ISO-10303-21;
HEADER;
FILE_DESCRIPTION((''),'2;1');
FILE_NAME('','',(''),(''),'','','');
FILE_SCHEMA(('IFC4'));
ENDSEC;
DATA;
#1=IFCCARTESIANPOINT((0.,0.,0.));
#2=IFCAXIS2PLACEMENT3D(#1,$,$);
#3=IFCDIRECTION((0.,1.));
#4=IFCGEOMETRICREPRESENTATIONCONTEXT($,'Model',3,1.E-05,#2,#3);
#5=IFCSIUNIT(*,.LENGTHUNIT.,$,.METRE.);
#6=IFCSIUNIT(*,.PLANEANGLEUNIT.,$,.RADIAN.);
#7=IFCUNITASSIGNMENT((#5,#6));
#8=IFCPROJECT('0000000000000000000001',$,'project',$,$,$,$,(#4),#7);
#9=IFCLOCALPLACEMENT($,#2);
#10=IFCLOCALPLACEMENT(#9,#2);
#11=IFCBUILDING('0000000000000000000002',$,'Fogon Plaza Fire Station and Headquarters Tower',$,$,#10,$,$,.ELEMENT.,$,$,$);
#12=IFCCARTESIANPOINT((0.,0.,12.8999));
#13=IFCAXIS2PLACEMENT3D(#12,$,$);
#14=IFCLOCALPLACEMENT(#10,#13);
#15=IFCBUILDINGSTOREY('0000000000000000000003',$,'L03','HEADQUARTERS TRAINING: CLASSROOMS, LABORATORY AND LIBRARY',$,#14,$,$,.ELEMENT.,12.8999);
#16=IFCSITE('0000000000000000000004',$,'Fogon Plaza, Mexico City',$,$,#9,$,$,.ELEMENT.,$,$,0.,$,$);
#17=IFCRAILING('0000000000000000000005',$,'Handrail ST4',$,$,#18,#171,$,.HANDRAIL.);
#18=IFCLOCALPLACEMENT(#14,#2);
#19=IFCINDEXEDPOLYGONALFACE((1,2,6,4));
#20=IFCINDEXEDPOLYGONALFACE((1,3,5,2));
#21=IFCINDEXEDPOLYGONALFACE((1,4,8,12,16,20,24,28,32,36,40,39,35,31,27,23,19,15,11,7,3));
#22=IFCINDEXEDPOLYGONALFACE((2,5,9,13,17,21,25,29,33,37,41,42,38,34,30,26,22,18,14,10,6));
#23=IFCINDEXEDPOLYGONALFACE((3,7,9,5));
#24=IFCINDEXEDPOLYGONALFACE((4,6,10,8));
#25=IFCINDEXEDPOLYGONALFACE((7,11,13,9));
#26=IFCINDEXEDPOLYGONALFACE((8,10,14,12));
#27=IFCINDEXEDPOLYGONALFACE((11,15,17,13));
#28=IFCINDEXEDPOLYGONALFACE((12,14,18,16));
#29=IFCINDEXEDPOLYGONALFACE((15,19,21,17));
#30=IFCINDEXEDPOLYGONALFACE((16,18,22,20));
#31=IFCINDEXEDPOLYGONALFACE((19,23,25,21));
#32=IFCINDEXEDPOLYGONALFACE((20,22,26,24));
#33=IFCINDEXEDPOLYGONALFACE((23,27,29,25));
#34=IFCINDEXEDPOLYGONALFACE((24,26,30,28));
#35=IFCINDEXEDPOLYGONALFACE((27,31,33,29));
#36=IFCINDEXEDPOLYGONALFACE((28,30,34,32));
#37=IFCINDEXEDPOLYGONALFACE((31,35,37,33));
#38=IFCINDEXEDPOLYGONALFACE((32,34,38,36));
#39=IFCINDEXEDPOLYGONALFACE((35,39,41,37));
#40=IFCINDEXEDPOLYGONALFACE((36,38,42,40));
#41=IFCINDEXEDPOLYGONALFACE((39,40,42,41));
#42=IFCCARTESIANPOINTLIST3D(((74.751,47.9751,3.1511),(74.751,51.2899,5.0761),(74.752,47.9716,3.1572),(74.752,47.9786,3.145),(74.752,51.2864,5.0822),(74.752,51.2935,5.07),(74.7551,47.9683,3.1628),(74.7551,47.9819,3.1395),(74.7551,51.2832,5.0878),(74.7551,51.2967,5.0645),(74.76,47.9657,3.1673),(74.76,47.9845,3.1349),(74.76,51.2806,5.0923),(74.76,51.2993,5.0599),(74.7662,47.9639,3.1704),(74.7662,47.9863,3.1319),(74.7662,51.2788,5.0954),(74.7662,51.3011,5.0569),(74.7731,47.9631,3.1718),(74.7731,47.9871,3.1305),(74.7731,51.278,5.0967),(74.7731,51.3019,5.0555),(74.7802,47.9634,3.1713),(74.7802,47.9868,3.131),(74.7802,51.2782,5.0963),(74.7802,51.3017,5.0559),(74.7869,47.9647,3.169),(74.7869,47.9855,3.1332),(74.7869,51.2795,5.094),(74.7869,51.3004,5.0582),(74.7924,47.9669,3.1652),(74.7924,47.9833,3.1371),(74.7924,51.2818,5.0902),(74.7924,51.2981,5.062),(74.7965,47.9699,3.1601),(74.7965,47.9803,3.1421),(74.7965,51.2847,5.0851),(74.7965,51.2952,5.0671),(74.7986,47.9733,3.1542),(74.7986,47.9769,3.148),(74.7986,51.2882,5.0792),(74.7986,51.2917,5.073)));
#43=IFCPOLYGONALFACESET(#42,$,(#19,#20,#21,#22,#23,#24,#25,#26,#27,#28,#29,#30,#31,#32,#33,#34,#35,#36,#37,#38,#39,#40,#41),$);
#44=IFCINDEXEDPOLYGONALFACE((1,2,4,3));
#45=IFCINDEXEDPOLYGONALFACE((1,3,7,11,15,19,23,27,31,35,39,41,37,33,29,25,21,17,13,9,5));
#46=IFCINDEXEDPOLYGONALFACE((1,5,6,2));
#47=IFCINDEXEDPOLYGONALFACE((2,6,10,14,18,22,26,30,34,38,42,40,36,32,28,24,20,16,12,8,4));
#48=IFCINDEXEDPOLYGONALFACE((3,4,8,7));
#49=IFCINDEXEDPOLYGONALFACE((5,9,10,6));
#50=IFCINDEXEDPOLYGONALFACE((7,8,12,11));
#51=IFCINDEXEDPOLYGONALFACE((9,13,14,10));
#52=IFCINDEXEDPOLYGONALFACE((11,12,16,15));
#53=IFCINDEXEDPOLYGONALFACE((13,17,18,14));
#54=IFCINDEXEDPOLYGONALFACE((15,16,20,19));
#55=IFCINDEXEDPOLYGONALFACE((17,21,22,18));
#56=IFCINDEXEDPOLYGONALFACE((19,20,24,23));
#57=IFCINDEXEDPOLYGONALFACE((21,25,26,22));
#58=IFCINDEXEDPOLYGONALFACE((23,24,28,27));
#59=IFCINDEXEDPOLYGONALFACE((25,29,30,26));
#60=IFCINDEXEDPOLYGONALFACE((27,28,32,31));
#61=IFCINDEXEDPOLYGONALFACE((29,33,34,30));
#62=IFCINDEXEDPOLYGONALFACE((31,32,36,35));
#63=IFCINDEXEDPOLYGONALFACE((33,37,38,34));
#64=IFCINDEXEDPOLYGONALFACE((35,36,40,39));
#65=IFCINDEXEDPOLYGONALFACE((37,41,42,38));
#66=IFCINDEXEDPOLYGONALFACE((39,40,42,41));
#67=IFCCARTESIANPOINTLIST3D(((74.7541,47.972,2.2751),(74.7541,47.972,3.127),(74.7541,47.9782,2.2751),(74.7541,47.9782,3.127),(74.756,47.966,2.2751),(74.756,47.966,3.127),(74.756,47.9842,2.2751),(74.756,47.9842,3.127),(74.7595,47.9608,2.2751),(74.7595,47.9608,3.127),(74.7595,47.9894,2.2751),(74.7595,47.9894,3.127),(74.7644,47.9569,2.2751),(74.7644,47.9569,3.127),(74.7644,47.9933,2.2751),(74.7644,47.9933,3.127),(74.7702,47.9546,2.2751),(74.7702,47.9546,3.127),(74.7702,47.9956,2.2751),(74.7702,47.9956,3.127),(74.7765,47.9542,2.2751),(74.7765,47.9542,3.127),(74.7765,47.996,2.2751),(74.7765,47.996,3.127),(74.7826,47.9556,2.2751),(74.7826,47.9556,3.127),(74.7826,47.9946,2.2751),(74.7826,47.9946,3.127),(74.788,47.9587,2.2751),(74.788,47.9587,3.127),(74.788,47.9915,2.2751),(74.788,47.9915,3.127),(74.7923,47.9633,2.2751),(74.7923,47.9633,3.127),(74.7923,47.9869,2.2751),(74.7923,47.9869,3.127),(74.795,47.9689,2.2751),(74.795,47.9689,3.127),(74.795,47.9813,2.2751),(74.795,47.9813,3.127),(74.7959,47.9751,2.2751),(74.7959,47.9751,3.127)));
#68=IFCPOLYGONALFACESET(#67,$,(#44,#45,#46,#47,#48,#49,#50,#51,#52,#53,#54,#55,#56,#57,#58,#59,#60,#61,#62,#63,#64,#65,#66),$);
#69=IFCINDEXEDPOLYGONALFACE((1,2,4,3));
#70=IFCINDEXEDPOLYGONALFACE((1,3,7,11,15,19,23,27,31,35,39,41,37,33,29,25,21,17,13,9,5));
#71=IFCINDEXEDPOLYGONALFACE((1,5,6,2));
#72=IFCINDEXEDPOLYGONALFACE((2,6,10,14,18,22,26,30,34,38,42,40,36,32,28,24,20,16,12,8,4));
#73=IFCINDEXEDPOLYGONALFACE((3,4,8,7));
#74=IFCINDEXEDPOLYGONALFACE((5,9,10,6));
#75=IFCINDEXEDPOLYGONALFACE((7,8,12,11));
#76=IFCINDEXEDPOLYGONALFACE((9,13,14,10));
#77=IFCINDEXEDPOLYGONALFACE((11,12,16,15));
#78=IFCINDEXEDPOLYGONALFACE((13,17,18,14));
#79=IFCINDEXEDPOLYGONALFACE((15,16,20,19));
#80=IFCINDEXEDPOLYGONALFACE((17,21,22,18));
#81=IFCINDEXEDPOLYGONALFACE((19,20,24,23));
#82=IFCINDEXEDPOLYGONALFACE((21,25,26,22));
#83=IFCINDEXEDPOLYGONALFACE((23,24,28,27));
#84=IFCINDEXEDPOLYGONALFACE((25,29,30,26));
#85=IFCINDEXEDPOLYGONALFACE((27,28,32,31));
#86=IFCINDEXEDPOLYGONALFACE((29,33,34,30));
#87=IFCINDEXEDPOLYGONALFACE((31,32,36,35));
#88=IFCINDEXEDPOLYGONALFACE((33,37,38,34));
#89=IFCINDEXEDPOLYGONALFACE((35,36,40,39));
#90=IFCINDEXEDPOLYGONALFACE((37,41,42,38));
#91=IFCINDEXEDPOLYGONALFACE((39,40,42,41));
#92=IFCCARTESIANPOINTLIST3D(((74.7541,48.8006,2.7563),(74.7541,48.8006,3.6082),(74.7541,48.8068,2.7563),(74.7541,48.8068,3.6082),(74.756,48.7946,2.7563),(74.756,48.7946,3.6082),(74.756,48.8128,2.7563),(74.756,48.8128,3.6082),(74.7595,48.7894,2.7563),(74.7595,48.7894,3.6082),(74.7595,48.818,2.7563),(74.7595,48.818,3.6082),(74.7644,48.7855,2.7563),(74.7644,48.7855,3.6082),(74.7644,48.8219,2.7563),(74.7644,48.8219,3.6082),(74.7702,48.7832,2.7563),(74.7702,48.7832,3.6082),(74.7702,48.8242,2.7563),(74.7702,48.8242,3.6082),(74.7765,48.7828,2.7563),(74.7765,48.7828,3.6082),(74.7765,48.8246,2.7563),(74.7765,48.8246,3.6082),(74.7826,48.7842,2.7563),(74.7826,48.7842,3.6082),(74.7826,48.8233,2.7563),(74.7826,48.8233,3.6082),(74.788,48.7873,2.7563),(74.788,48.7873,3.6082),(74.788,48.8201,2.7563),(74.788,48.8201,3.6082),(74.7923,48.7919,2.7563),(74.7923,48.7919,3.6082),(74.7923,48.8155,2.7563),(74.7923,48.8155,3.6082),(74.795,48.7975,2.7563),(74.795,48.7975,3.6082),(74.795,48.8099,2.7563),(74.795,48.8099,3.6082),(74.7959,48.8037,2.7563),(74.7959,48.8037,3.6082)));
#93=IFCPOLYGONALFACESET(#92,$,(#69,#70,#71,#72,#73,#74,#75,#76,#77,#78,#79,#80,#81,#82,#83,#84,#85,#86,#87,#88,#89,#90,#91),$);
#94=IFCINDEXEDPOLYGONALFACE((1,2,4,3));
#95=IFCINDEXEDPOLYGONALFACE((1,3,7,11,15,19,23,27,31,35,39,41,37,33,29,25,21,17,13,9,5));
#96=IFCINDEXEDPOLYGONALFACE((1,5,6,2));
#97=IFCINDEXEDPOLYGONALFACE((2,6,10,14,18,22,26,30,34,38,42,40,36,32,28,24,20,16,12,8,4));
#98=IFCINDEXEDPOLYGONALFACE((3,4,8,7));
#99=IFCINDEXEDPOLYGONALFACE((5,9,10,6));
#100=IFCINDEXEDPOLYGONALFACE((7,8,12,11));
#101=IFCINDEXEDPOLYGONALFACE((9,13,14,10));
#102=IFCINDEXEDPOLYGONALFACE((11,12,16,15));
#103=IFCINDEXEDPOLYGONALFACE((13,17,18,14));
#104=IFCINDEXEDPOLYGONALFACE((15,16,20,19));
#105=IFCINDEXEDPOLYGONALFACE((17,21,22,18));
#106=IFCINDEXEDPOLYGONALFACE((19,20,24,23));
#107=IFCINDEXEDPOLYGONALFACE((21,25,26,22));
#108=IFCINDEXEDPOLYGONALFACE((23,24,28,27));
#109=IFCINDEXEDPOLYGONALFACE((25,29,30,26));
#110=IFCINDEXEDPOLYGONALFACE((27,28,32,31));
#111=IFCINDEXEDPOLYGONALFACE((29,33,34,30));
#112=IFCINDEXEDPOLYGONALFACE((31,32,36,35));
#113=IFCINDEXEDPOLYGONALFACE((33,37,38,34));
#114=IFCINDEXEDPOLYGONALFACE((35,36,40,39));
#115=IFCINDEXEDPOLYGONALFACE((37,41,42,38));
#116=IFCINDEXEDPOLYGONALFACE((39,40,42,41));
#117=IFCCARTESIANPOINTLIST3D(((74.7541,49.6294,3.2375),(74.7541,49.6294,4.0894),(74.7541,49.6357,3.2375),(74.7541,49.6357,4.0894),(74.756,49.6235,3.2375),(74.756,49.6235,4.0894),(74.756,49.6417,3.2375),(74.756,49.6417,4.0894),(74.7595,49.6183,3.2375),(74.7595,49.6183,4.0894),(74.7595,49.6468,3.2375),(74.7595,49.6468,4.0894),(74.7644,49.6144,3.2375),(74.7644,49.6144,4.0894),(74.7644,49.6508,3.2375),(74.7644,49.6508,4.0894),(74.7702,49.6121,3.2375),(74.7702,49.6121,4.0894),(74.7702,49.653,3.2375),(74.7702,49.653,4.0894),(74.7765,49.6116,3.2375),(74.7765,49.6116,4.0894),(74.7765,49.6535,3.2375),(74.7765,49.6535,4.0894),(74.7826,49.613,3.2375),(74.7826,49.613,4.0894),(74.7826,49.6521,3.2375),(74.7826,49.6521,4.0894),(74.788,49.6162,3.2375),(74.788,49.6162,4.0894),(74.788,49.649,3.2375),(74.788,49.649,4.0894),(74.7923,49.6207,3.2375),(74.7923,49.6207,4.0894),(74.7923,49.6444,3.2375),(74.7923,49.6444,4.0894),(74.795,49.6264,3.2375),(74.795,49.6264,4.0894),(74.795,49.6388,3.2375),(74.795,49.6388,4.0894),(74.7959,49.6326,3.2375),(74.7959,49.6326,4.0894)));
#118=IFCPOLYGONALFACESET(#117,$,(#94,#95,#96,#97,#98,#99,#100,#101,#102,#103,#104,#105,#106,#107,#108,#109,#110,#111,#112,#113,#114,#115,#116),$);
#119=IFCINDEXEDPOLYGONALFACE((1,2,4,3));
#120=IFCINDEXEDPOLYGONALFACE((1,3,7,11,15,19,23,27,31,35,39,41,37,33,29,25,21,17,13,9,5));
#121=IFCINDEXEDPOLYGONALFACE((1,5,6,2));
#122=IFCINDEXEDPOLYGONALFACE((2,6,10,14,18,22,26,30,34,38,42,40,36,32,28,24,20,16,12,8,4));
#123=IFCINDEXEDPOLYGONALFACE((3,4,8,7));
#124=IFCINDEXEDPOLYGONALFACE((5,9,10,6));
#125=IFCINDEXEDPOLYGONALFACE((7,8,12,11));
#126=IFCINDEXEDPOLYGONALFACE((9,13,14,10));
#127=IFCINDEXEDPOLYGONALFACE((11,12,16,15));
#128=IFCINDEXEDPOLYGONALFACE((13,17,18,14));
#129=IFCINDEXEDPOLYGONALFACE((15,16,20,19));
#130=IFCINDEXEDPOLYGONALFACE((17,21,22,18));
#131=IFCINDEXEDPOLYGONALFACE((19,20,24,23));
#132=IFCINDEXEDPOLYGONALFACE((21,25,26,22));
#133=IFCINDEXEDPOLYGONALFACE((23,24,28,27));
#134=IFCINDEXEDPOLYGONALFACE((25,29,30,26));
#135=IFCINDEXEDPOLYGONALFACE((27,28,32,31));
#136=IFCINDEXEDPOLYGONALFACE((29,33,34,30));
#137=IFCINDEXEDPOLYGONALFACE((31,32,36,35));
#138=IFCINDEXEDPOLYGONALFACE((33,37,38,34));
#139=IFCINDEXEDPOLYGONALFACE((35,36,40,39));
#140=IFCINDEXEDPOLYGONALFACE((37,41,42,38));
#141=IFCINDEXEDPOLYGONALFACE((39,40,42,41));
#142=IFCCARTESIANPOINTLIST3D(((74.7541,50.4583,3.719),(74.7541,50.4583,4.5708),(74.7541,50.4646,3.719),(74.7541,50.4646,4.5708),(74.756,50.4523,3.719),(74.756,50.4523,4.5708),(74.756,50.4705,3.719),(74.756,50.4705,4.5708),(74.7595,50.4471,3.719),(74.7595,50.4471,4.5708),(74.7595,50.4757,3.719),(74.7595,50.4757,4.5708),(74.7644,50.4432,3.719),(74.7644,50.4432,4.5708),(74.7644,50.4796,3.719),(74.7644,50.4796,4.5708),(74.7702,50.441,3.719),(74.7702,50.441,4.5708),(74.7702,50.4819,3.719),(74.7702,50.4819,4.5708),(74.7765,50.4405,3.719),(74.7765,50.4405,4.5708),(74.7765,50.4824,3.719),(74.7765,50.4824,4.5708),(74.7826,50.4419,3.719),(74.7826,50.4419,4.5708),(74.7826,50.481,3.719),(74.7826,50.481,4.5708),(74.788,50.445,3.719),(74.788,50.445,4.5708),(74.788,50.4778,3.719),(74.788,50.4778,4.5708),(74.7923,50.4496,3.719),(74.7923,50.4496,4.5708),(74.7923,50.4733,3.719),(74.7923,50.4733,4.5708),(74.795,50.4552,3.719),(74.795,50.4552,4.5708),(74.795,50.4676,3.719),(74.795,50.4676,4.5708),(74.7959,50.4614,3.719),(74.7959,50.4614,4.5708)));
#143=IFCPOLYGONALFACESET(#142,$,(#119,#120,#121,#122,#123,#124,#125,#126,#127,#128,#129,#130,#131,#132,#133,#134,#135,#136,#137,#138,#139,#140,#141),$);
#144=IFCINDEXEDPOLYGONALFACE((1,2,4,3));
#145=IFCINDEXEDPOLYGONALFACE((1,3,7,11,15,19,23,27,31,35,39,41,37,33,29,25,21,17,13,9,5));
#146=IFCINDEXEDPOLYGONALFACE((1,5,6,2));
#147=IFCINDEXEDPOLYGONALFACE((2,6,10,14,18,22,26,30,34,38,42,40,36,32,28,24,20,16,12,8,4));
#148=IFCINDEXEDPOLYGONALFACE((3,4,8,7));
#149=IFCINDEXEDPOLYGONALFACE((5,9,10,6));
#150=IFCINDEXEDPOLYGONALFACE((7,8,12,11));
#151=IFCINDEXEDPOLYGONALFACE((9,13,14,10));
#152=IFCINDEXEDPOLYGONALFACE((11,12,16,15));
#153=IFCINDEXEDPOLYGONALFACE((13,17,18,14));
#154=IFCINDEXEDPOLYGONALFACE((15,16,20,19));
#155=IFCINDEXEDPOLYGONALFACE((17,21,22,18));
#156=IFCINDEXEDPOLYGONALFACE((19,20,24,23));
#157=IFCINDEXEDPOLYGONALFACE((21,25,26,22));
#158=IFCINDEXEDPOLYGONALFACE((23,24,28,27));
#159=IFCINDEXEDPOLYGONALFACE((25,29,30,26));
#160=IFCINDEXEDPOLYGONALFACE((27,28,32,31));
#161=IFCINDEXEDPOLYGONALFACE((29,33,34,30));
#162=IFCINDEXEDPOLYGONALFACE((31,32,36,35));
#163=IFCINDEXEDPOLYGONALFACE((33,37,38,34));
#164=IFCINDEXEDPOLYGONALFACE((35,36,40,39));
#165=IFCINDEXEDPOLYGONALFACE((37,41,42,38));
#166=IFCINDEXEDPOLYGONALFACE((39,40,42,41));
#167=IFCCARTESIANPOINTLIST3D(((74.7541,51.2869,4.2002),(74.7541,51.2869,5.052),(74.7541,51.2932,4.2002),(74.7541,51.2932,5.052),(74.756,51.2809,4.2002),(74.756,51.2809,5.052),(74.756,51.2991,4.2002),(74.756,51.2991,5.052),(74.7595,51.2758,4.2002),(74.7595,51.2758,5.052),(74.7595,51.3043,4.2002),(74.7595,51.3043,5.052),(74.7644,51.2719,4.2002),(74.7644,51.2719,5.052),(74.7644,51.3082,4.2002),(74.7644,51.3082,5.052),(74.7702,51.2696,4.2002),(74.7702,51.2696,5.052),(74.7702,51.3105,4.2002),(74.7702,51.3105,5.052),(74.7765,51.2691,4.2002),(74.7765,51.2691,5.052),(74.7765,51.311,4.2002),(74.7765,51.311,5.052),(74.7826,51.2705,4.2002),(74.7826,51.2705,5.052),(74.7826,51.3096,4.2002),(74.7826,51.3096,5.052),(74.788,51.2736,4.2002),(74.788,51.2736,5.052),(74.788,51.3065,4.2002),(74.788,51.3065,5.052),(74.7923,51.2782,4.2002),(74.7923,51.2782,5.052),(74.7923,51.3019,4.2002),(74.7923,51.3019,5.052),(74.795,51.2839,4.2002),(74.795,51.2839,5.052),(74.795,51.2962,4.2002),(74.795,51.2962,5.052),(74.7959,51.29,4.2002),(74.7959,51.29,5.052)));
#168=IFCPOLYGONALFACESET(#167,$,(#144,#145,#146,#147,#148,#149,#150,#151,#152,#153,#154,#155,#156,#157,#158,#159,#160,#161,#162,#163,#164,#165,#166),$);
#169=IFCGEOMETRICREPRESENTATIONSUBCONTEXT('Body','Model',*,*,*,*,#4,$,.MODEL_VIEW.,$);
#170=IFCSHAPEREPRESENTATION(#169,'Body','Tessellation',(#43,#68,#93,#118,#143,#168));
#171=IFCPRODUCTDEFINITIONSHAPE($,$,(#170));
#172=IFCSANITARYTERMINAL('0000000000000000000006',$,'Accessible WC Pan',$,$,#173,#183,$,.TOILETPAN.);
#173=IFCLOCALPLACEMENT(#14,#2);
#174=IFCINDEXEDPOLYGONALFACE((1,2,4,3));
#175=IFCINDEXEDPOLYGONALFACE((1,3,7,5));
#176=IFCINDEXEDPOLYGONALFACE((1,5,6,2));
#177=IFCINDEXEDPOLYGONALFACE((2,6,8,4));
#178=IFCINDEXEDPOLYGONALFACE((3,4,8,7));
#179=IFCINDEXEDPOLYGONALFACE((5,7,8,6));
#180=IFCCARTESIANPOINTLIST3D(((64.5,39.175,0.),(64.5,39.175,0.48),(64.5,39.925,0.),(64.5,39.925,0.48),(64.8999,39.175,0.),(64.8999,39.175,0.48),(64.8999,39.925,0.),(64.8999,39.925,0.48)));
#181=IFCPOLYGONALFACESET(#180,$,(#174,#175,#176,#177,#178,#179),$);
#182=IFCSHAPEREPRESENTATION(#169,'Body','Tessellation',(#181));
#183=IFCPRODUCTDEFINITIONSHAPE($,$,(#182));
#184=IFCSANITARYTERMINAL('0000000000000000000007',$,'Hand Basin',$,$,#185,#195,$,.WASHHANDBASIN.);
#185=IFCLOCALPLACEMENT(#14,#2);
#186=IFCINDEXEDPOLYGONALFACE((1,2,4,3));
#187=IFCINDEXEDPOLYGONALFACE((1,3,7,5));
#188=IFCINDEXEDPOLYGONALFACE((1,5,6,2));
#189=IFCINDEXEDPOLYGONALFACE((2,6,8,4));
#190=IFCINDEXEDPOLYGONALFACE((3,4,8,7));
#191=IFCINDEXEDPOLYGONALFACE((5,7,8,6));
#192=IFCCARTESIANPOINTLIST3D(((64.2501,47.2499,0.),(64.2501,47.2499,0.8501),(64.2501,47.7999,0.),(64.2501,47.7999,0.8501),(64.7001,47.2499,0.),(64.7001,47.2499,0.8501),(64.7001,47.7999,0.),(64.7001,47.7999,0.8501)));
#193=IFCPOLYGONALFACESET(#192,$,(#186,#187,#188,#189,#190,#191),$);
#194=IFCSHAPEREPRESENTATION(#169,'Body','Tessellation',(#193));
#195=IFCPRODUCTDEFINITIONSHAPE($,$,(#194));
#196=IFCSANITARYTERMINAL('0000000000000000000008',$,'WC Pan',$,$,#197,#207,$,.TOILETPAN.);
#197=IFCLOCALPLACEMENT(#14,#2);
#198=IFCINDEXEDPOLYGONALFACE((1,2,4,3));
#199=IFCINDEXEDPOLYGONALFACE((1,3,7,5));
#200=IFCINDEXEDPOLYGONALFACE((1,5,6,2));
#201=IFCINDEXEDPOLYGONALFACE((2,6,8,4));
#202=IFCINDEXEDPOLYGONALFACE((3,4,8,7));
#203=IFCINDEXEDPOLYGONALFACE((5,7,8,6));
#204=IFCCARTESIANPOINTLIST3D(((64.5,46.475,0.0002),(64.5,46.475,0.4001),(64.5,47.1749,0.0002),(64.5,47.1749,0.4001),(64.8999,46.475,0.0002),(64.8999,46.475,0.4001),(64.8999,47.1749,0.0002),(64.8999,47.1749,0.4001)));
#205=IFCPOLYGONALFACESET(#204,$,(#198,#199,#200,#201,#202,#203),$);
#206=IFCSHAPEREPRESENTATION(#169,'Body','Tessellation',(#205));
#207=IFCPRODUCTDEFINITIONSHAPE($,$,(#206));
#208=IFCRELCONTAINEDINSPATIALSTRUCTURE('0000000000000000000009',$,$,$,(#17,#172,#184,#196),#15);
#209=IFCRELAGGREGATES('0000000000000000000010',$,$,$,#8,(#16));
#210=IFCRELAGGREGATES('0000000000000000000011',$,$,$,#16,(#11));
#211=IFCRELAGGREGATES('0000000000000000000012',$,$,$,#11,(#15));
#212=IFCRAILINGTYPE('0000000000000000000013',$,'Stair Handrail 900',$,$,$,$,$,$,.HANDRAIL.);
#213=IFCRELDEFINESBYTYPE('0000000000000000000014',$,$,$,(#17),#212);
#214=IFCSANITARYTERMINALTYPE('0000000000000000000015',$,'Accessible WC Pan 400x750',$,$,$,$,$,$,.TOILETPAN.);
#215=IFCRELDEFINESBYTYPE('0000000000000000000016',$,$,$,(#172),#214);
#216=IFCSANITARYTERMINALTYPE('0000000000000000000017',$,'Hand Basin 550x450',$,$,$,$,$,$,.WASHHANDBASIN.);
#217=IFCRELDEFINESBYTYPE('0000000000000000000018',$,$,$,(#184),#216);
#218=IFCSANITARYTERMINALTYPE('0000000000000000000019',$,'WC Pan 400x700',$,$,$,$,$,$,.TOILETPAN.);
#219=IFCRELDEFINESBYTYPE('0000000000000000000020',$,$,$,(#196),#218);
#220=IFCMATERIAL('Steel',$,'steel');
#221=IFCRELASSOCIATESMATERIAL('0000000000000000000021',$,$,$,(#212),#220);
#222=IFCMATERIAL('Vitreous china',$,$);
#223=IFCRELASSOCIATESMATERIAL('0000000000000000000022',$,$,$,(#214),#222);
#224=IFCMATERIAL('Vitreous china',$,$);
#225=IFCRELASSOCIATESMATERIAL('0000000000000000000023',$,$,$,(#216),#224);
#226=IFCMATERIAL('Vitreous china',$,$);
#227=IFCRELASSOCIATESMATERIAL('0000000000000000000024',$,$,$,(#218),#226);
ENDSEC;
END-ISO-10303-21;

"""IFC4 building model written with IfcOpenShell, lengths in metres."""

from ifc_helpers import new_model, si_unit, direction, frame, origin, origin_2d, place, context, subcontext, project, spatial, rectangle, circle, extrude, material, type_object, element, save


model = new_model("IFC4")

# Units and contexts
model_context = context("Model", 3, precision=1e-05, world=origin(), true_north=direction((0.0, 1.0)))
body_context = subcontext(model_context, "Body", "Model", "MODEL_VIEW")
ifc_project = project(units=[si_unit("LENGTHUNIT", "METRE"), si_unit("PLANEANGLEUNIT", "RADIAN")], contexts=[model_context])

# Site, building, storey
site_placement = place(None, origin())
site = spatial("IfcSite", under=ifc_project, at=site_placement, Name="Fogon Plaza, Mexico City", CompositionType="ELEMENT", RefElevation=0.0)
building_placement = place(site_placement, origin())
building = spatial("IfcBuilding", under=site, at=building_placement, Name="Fogon Plaza Fire Station and Headquarters Tower", CompositionType="ELEMENT")
storey_placement = place(building_placement, frame((0.0, 0.0, 12.8999)))
storey = spatial("IfcBuildingStorey", under=building, at=storey_placement, Name="L03", Description="HEADQUARTERS TRAINING: CLASSROOMS, LABORATORY AND LIBRARY", CompositionType="ELEMENT", Elevation=12.8999)

# Railing
ifc_material_1 = material(Name="Steel", Category="steel")
railing_type = type_object("IfcRailingType", Name="Stair Handrail 900", PredefinedType="HANDRAIL", material=ifc_material_1)
for number, where, name in (
    (1, (74.7749, 47.9751, 2.2751), "Handrail ST4"),
):
    element("IfcRailing", number, at=place(storey_placement, frame(where)), inside=storey, type_object=railing_type, Name=name, PredefinedType="HANDRAIL", context=body_context, shape_type="SweptSolid", body=[
        extrude(circle(Radius=0.0239, at=origin_2d()), frame((0.0, 0.0, 0.876), z_axis=(0.0, 0.864761, 0.502183), x_axis=(-1.0, 0.0, 0.0)), (0.0, 0.0, 1.0), 3.8333),
        extrude(circle(Radius=0.021, at=origin_2d()), origin(), (0.0, 0.0, 1.0), 0.8518),
        extrude(circle(Radius=0.021, at=origin_2d()), frame((0.0, 0.8286, 0.4812)), (0.0, 0.0, 1.0), 0.8518),
        extrude(circle(Radius=0.021, at=origin_2d()), frame((0.0, 1.6575, 0.9624)), (0.0, 0.0, 1.0), 0.8518),
        extrude(circle(Radius=0.021, at=origin_2d()), frame((0.0, 2.4863, 1.4438)), (0.0, 0.0, 1.0), 0.8518),
        extrude(circle(Radius=0.021, at=origin_2d()), frame((0.0, 3.3149, 1.925)), (0.0, 0.0, 1.0), 0.8518),
    ])

# Sanitary terminals
ifc_material_2 = material(Name="Vitreous china")
sanitary_terminal_type_1 = type_object("IfcSanitaryTerminalType", Name="Accessible WC Pan 400x750", PredefinedType="TOILETPAN", material=ifc_material_2)
sanitary_terminal_1_placement = place(storey_placement, frame((64.7, 39.55, 0.0), z_axis=(0.0, 0.0, 1.0), x_axis=(1.0, 0.0, 0.0)))
element("IfcSanitaryTerminal", 2, at=sanitary_terminal_1_placement, inside=storey, type_object=sanitary_terminal_type_1, Name="Accessible WC Pan", PredefinedType="TOILETPAN", context=body_context, shape_type="SweptSolid", body=[
    extrude(rectangle(XDim=0.3999, YDim=0.75, at=origin_2d()), origin(), (0.0, 0.0, 1.0), 0.48),
])
ifc_material_3 = material(Name="Vitreous china")
sanitary_terminal_type_2 = type_object("IfcSanitaryTerminalType", Name="Hand Basin 550x450", PredefinedType="WASHHANDBASIN", material=ifc_material_3)
sanitary_terminal_2_placement = place(storey_placement, frame((64.4751, 47.5249, 0.0), z_axis=(0.0, 0.0, 1.0), x_axis=(1.0, 0.0, 0.0)))
element("IfcSanitaryTerminal", 3, at=sanitary_terminal_2_placement, inside=storey, type_object=sanitary_terminal_type_2, Name="Hand Basin", PredefinedType="WASHHANDBASIN", context=body_context, shape_type="SweptSolid", body=[
    extrude(rectangle(XDim=0.45, YDim=0.55, at=origin_2d()), origin(), (0.0, 0.0, 1.0), 0.8501),
])
ifc_material_4 = material(Name="Vitreous china")
sanitary_terminal_type_3 = type_object("IfcSanitaryTerminalType", Name="WC Pan 400x700", PredefinedType="TOILETPAN", material=ifc_material_4)
sanitary_terminal_3_placement = place(storey_placement, frame((64.7, 46.825, 0.0002), z_axis=(0.0, 0.0, 1.0), x_axis=(1.0, 0.0, 0.0)))
element("IfcSanitaryTerminal", 4, at=sanitary_terminal_3_placement, inside=storey, type_object=sanitary_terminal_type_3, Name="WC Pan", PredefinedType="TOILETPAN", context=body_context, shape_type="SweptSolid", body=[
    extrude(rectangle(XDim=0.3999, YDim=0.7, at=origin_2d()), origin(), (0.0, 0.0, 1.0), 0.3999),
])

save(model, "model.ifc")
